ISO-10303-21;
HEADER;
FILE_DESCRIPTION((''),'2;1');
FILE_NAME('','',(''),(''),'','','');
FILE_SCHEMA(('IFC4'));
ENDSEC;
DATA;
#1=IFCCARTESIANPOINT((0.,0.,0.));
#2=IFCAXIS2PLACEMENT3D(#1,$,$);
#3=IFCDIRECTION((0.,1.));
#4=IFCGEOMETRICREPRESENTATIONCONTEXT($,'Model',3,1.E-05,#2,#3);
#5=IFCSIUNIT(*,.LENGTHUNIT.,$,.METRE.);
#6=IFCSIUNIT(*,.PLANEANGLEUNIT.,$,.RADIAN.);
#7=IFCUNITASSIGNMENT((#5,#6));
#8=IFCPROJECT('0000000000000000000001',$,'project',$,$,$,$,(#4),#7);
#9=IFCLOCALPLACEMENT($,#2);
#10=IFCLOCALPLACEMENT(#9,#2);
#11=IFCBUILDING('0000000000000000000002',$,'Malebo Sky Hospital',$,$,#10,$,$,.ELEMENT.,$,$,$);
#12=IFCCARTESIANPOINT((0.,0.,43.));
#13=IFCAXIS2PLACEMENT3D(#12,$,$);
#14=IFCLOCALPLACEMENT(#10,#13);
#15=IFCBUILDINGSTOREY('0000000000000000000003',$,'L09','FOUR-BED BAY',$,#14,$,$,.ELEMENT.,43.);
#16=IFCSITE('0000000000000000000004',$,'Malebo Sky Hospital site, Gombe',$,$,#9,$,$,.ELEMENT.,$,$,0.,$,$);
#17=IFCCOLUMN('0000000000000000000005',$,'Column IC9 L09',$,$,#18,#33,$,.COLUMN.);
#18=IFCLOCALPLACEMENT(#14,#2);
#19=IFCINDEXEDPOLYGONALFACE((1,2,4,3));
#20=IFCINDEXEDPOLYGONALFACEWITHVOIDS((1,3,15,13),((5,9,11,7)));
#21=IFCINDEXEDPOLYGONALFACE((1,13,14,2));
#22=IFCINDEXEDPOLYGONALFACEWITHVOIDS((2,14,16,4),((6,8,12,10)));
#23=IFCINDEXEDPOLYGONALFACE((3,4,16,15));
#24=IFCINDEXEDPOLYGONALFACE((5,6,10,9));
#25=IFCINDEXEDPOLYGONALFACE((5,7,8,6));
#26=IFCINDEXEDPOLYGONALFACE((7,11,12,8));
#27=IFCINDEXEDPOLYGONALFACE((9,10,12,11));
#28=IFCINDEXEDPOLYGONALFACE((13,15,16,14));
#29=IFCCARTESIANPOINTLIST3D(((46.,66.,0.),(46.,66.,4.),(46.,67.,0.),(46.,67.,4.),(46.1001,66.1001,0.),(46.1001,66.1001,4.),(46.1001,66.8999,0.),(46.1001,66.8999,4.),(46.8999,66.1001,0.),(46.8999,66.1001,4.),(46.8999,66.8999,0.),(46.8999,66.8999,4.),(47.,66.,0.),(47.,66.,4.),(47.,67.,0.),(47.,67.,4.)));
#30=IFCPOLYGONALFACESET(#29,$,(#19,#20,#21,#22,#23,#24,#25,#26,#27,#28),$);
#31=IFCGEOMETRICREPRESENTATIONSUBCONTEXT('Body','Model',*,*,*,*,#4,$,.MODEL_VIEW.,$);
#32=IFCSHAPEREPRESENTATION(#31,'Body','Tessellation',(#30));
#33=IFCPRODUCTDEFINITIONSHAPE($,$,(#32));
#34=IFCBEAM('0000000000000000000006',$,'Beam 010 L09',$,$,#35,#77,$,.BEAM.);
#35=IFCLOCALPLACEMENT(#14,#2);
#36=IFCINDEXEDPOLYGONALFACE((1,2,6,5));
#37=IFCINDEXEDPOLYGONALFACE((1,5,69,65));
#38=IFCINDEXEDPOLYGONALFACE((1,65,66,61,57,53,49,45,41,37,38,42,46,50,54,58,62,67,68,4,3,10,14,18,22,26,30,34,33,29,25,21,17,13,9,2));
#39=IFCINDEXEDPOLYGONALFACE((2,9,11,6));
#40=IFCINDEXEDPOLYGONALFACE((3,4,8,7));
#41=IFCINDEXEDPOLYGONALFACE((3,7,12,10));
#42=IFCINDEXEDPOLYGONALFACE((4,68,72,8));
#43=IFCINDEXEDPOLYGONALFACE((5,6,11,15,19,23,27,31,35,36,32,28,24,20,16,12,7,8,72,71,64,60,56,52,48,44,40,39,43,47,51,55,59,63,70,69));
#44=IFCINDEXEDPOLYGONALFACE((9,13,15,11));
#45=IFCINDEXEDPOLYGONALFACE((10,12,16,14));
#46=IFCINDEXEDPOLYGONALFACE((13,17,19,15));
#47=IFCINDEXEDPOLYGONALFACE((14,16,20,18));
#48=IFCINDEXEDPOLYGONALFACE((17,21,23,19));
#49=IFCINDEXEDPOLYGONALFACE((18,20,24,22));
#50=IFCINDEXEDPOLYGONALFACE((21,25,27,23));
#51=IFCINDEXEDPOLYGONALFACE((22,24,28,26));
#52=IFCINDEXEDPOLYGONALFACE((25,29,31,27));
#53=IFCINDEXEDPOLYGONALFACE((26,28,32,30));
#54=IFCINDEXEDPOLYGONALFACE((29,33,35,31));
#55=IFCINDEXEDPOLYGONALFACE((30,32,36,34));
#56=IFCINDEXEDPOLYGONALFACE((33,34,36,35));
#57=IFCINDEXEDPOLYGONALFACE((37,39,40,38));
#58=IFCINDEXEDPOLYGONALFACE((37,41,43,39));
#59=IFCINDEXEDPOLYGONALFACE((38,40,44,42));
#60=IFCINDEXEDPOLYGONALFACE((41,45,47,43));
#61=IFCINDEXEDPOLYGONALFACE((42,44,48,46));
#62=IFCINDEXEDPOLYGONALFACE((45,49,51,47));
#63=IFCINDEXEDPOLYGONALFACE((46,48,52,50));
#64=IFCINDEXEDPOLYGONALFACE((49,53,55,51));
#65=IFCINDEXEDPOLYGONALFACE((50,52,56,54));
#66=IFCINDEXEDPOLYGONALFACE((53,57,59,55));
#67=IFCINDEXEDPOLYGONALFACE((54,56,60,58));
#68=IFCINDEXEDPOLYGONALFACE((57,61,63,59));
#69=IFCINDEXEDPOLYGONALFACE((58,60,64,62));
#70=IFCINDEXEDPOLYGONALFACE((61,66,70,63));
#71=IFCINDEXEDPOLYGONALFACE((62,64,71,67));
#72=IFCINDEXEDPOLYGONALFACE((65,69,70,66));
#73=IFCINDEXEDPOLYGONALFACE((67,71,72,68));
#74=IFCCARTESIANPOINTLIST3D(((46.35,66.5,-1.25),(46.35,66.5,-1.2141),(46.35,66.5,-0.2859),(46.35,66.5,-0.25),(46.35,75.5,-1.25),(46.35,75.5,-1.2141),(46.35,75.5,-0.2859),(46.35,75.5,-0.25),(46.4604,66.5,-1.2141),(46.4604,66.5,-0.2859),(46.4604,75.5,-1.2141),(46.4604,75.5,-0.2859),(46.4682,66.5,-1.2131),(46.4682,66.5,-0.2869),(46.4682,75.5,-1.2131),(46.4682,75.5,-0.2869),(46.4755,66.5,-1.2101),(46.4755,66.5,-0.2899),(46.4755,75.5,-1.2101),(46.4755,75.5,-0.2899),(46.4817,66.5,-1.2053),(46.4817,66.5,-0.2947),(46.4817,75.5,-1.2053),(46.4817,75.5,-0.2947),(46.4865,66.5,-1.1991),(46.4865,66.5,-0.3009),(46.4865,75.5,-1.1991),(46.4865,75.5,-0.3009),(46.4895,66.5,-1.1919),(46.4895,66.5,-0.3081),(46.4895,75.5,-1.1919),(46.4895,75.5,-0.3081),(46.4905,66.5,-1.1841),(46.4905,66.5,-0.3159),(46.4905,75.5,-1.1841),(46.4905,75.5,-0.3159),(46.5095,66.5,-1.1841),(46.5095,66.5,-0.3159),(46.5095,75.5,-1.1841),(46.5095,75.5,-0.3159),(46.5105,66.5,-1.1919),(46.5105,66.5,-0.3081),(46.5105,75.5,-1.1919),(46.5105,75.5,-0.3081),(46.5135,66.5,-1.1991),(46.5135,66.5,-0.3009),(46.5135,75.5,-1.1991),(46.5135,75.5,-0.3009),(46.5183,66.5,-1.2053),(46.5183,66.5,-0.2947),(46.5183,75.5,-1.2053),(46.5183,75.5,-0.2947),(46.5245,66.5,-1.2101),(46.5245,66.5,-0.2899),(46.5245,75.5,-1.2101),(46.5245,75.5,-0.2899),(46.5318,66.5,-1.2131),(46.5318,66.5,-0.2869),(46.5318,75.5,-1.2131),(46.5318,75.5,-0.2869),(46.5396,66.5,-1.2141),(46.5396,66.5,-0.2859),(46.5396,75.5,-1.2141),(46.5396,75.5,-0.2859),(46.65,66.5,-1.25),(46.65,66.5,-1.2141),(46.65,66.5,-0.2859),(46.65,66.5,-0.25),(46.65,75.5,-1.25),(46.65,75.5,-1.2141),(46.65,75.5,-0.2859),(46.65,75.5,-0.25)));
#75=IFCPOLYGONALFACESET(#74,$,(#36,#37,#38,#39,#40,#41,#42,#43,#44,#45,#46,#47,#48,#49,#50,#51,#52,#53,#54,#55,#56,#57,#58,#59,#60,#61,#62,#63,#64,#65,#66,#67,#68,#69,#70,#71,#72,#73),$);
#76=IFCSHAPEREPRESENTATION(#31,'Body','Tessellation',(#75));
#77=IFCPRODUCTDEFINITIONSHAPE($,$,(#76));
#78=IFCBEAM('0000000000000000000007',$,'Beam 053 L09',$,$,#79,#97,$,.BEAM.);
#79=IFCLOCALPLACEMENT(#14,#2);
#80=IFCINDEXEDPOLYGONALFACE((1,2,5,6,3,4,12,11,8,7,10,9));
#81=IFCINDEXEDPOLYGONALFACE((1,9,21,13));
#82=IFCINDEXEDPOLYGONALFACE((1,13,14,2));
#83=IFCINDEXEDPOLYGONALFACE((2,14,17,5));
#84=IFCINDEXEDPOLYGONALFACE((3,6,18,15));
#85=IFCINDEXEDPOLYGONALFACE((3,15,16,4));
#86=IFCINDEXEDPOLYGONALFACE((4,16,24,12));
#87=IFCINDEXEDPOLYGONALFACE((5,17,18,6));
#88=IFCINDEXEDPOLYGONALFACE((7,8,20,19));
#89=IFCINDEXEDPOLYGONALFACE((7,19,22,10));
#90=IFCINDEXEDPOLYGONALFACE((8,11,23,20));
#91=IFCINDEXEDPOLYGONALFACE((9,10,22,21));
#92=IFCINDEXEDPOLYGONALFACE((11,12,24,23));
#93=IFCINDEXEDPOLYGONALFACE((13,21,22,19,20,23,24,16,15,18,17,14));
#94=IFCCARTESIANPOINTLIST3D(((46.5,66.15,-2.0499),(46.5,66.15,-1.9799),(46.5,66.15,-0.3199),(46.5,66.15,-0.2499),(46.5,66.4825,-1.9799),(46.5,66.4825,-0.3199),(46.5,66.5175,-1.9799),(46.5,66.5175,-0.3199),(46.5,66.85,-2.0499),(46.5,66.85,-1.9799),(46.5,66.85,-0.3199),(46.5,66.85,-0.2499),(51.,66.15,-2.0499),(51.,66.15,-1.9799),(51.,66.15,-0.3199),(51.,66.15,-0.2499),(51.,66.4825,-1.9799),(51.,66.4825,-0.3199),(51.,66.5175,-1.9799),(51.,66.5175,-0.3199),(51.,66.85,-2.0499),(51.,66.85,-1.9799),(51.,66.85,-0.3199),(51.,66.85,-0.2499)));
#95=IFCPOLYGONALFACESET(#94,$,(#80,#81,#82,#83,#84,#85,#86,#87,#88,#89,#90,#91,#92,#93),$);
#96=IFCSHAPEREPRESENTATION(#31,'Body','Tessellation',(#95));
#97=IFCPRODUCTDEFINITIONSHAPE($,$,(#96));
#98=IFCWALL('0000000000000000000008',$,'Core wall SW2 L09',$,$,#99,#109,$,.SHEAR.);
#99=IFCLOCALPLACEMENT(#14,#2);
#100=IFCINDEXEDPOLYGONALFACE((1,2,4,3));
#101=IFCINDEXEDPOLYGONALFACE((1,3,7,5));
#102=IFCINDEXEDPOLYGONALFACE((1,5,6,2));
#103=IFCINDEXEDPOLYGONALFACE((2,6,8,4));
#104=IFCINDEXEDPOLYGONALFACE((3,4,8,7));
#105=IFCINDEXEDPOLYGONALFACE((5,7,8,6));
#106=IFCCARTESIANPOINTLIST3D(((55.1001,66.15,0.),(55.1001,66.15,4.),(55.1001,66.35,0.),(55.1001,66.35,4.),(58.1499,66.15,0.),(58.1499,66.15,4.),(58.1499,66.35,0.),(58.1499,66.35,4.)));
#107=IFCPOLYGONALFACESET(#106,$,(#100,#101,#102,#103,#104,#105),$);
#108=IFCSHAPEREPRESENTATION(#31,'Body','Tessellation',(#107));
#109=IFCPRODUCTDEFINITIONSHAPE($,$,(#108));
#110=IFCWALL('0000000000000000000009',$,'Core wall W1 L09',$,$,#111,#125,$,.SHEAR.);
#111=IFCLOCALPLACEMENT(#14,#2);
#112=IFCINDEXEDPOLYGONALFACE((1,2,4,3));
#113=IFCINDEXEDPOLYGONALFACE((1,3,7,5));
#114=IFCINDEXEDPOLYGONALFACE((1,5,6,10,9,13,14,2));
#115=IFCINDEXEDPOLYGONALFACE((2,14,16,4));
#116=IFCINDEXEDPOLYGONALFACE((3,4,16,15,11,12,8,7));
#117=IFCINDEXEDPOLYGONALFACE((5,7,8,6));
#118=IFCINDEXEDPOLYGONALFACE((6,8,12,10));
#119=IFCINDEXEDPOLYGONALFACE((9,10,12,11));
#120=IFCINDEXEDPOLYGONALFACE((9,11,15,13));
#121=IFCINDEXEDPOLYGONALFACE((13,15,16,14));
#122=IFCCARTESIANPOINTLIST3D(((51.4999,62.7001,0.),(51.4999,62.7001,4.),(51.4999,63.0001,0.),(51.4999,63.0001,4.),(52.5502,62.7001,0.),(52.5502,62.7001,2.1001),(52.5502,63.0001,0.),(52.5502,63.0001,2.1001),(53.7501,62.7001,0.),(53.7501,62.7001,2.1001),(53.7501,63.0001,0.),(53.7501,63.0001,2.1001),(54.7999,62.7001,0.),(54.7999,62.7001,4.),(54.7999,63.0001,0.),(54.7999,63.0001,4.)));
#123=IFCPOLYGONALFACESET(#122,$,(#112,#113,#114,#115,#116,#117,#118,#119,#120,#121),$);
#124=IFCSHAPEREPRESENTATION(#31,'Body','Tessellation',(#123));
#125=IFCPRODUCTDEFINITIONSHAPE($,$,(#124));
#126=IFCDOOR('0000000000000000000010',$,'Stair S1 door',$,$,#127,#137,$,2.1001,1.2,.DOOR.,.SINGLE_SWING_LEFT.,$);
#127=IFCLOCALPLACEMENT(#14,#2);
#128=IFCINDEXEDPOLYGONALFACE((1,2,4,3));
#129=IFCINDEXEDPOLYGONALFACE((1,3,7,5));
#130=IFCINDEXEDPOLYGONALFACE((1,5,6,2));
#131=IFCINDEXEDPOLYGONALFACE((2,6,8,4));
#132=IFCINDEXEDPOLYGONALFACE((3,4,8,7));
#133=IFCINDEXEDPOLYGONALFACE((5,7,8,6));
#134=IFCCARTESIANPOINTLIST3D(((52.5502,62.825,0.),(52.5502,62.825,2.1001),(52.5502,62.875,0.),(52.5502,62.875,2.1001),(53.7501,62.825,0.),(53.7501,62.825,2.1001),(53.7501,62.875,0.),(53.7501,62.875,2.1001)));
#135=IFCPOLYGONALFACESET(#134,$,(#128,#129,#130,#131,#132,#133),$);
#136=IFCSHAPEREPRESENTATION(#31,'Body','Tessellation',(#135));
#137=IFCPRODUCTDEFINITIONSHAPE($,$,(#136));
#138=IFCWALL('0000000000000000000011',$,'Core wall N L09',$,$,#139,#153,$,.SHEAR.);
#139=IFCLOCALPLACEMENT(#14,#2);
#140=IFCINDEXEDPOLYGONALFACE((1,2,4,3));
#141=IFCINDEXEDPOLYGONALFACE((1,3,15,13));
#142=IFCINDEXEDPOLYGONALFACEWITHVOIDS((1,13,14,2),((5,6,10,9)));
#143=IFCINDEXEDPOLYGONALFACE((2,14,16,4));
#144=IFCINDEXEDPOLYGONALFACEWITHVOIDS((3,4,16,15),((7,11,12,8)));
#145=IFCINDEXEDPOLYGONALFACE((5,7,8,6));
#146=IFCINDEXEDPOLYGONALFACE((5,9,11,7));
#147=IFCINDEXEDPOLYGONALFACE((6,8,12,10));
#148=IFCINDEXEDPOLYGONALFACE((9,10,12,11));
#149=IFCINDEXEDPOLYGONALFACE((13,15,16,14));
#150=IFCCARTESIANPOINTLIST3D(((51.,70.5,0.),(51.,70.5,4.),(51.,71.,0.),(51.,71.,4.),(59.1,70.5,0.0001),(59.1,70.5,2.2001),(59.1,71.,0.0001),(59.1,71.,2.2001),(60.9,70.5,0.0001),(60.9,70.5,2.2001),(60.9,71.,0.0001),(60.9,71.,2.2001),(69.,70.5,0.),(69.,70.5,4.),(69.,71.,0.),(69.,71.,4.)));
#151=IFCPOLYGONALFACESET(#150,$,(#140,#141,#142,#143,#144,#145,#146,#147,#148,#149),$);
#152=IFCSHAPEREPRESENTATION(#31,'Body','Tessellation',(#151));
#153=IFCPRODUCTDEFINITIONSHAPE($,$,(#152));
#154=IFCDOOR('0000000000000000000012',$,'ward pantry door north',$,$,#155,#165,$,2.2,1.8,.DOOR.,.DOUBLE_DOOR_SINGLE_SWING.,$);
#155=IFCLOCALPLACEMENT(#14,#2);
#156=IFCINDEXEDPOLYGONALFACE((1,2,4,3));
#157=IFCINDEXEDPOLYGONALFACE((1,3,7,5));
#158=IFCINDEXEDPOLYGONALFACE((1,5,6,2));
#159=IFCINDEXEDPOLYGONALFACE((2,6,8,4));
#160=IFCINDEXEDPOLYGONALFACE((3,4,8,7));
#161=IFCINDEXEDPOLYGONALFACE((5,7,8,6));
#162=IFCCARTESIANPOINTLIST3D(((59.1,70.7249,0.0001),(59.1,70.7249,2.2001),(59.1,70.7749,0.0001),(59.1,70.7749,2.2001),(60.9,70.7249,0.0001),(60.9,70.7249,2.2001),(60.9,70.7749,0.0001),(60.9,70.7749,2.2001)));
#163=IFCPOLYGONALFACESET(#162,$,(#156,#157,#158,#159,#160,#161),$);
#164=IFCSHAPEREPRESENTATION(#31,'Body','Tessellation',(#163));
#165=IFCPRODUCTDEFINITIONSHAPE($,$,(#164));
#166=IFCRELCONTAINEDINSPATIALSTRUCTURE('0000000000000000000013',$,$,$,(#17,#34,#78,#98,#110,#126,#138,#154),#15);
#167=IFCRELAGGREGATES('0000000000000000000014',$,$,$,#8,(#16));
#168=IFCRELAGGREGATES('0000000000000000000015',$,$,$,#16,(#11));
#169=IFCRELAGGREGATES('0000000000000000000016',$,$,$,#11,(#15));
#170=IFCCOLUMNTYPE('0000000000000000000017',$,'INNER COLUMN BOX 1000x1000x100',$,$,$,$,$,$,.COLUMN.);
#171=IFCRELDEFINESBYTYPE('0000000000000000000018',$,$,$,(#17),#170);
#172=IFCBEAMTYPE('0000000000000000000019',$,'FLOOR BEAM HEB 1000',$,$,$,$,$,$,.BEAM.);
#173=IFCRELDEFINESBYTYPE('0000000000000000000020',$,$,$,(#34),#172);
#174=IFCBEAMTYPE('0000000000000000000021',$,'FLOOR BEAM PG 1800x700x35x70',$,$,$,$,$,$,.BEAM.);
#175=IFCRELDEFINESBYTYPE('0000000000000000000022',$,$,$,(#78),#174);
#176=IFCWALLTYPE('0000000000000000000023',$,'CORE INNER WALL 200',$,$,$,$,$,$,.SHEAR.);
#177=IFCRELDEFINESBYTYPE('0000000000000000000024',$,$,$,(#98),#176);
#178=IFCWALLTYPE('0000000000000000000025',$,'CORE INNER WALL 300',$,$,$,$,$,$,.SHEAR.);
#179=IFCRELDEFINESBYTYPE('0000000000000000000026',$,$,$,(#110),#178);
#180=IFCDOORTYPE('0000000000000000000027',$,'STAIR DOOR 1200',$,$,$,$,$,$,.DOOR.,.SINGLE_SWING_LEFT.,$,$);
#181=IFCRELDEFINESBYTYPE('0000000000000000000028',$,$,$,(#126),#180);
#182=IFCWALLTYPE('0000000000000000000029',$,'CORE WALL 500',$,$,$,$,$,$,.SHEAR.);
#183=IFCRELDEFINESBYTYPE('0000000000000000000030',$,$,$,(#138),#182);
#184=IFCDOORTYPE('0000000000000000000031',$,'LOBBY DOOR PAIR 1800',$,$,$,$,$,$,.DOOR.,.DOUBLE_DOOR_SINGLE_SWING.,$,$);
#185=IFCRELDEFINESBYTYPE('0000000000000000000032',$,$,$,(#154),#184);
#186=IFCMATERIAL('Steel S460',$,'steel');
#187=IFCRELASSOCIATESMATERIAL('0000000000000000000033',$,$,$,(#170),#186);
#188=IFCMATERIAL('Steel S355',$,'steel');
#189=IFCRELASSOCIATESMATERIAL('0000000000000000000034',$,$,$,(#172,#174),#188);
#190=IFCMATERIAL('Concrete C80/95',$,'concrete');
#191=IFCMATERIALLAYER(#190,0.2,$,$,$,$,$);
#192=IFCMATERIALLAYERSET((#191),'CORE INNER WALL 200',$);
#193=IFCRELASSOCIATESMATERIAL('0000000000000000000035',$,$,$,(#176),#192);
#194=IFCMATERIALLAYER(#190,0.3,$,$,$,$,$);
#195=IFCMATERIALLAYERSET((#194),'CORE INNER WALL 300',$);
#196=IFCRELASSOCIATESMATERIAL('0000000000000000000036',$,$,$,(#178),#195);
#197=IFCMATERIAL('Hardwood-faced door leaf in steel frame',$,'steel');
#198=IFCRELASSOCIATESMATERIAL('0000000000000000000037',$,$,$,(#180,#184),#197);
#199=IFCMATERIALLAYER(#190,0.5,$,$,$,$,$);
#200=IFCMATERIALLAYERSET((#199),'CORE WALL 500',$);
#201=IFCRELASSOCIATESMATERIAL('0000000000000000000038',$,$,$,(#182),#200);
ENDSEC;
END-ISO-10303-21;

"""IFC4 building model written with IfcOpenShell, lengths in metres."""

from ifc_helpers import new_model, si_unit, direction, frame, frame_2d, origin, origin_2d, place, context, subcontext, project, spatial, rectangle, hollow_rectangle, i_section, extrude, material, layer, layer_set, material_profile, profile_set, type_object, element, fill, save


model = new_model("IFC4")

# Units and contexts
model_context = context("Model", 3, precision=1e-05, world=origin(), true_north=direction((0.0, 1.0)))
body_context = subcontext(model_context, "Body", "Model", "MODEL_VIEW")
ifc_project = project(units=[si_unit("LENGTHUNIT", "METRE"), si_unit("PLANEANGLEUNIT", "RADIAN")], contexts=[model_context])

# Site, building, storey
site_placement = place(None, origin())
site = spatial("IfcSite", under=ifc_project, at=site_placement, Name="Malebo Sky Hospital site, Gombe", CompositionType="ELEMENT", RefElevation=0.0)
building_placement = place(site_placement, origin())
building = spatial("IfcBuilding", under=site, at=building_placement, Name="Malebo Sky Hospital", CompositionType="ELEMENT")
storey_placement = place(building_placement, frame((0.0, 0.0, 43.0)))
storey = spatial("IfcBuildingStorey", under=building, at=storey_placement, Name="L09", Description="FOUR-BED BAY", CompositionType="ELEMENT", Elevation=43.0)

# Column
ifc_material_1 = material(Name="Steel S460", Category="steel")
ifc_material_profile_1 = material_profile(ifc_material_1, hollow_rectangle(XDim=1.0, YDim=1.0, WallThickness=0.1001, at=origin_2d()), Name="BOX 1000x1000x100")
ifc_profile_set_1 = profile_set([ifc_material_profile_1], Name="Steel S460")
column_type = type_object("IfcColumnType", Name="INNER COLUMN BOX 1000x1000x100", PredefinedType="COLUMN", material=ifc_profile_set_1)
column_placement = place(storey_placement, frame((46.5, 66.5, 0.0), z_axis=(0.0, 0.0, 1.0), x_axis=(1.0, 0.0, 0.0)))
element("IfcColumn", 1, at=column_placement, inside=storey, type_object=column_type, Name="Column IC9 L09", PredefinedType="COLUMN", context=body_context, shape_type="SweptSolid", body=[
    extrude(hollow_rectangle(XDim=1.0, YDim=1.0, WallThickness=0.1001, at=origin_2d()), origin(), (0.0, 0.0, 1.0), 4.0),
])

# Beams
ifc_material_2 = material(Name="Steel S355", Category="steel")
ifc_material_profile_2 = material_profile(ifc_material_2, i_section(OverallWidth=0.3, OverallDepth=1.0, WebThickness=0.019, FlangeThickness=0.0359, FilletRadius=0.03, at=origin_2d()), Name="HEB 1000")
ifc_profile_set_2 = profile_set([ifc_material_profile_2], Name="Steel S355")
beam_type_1 = type_object("IfcBeamType", Name="FLOOR BEAM HEB 1000", PredefinedType="BEAM", material=ifc_profile_set_2)
beam_1_placement = place(storey_placement, frame((46.5, 66.5, -0.75), z_axis=(0.0, 1.0, 0.0), x_axis=(-1.0, 0.0, 0.0)))
element("IfcBeam", 2, at=beam_1_placement, inside=storey, type_object=beam_type_1, Name="Beam 010 L09", PredefinedType="BEAM", context=body_context, shape_type="SweptSolid", body=[
    extrude(i_section(OverallWidth=0.3, OverallDepth=1.0, WebThickness=0.019, FlangeThickness=0.0359, FilletRadius=0.03, at=origin_2d()), origin(), (0.0, 0.0, 1.0), 9.0),
])
ifc_material_profile_3 = material_profile(ifc_material_2, i_section(OverallWidth=0.7, OverallDepth=1.8, WebThickness=0.0349, FlangeThickness=0.0701, at=origin_2d()), Name="PG 1800x700x35x70")
ifc_profile_set_3 = profile_set([ifc_material_profile_3], Name="Steel S355")
beam_type_2 = type_object("IfcBeamType", Name="FLOOR BEAM PG 1800x700x35x70", PredefinedType="BEAM", material=ifc_profile_set_3)
beam_2_placement = place(storey_placement, frame((46.5, 66.5, -1.1499), z_axis=(1.0, 0.0, 0.0), x_axis=(0.0, 1.0, 0.0)))
element("IfcBeam", 3, at=beam_2_placement, inside=storey, type_object=beam_type_2, Name="Beam 053 L09", PredefinedType="BEAM", context=body_context, shape_type="SweptSolid", body=[
    extrude(i_section(OverallWidth=0.7, OverallDepth=1.8, WebThickness=0.0349, FlangeThickness=0.0701, at=origin_2d()), origin(), (0.0, 0.0, 1.0), 4.5),
])

# Wall
ifc_material_3 = material(Name="Concrete C80/95", Category="concrete")
ifc_layer_1 = layer(ifc_material_3, 0.2)
ifc_layer_set_1 = layer_set([ifc_layer_1], Name="CORE INNER WALL 200")
wall_type_1 = type_object("IfcWallType", Name="CORE INNER WALL 200", PredefinedType="SHEAR", material=ifc_layer_set_1)
wall_1_placement = place(storey_placement, frame((55.1001, 66.25, 0.0), z_axis=(0.0, 0.0, 1.0), x_axis=(1.0, 0.0, 0.0)))
element("IfcWall", 4, at=wall_1_placement, inside=storey, type_object=wall_type_1, Name="Core wall SW2 L09", PredefinedType="SHEAR", context=body_context, shape_type="SweptSolid", body=[
    extrude(rectangle(XDim=3.0498, YDim=0.2, at=frame_2d((1.5249, 0.0))), origin(), (0.0, 0.0, 1.0), 4.0),
])

# Walls, openings, doors
ifc_layer_2 = layer(ifc_material_3, 0.3)
ifc_layer_set_2 = layer_set([ifc_layer_2], Name="CORE INNER WALL 300")
wall_type_2 = type_object("IfcWallType", Name="CORE INNER WALL 300", PredefinedType="SHEAR", material=ifc_layer_set_2)
wall_2_placement = place(storey_placement, frame((51.5, 62.8501, 0.0), z_axis=(0.0, 0.0, 1.0), x_axis=(1.0, 0.0, 0.0)))
wall_2 = element("IfcWall", 5, at=wall_2_placement, inside=storey, type_object=wall_type_2, Name="Core wall W1 L09", PredefinedType="SHEAR", context=body_context, shape_type="SweptSolid", body=[
    extrude(rectangle(XDim=3.3, YDim=0.3, at=frame_2d((1.6499, 0.0))), origin(), (0.0, 0.0, 1.0), 4.0),
])
opening_1_placement = place(wall_2_placement, frame((1.05, 0.0, 0.0)))
opening_1 = element("IfcOpeningElement", 6, at=opening_1_placement, cuts=wall_2, PredefinedType="OPENING", context=body_context, shape_type="SweptSolid", body=[
    extrude(rectangle(XDim=1.2, YDim=2.1001, at=frame_2d((0.6001, 1.05))), frame((0.0, 0.1599, 0.0), z_axis=(0.0, -1.0, 0.0), x_axis=(1.0, 0.0, 0.0)), (0.0, 0.0, 1.0), 0.3201),
])
ifc_material_4 = material(Name="Hardwood-faced door leaf in steel frame", Category="steel")
door_type_1 = type_object("IfcDoorType", Name="STAIR DOOR 1200", OperationType="SINGLE_SWING_LEFT", PredefinedType="DOOR", material=ifc_material_4)
door_1_placement = place(opening_1_placement, origin())
door_1 = element("IfcDoor", 7, at=door_1_placement, inside=storey, type_object=door_type_1, Name="Stair S1 door", OperationType="SINGLE_SWING_LEFT", OverallHeight=2.1001, OverallWidth=1.2, PredefinedType="DOOR", context=body_context, shape_type="SweptSolid", body=[
    extrude(rectangle(XDim=1.2, YDim=2.1001, at=frame_2d((0.6001, 1.05))), frame((0.0, 0.0249, 0.0), z_axis=(0.0, -1.0, 0.0), x_axis=(1.0, 0.0, 0.0)), (0.0, 0.0, 1.0), 0.05),
])
fill(opening_1, door_1)
ifc_layer_3 = layer(ifc_material_3, 0.5)
ifc_layer_set_3 = layer_set([ifc_layer_3], Name="CORE WALL 500")
wall_type_3 = type_object("IfcWallType", Name="CORE WALL 500", PredefinedType="SHEAR", material=ifc_layer_set_3)
wall_3_placement = place(storey_placement, frame((51.0, 70.75, 0.0), z_axis=(0.0, 0.0, 1.0), x_axis=(1.0, 0.0, 0.0)))
wall_3 = element("IfcWall", 8, at=wall_3_placement, inside=storey, type_object=wall_type_3, Name="Core wall N L09", PredefinedType="SHEAR", context=body_context, shape_type="SweptSolid", body=[
    extrude(rectangle(XDim=18.0, YDim=0.5, at=frame_2d((9.0, 0.0))), origin(), (0.0, 0.0, 1.0), 4.0),
])
opening_2_placement = place(wall_3_placement, frame((8.1001, 0.0, 0.0)))
opening_2 = element("IfcOpeningElement", 9, at=opening_2_placement, cuts=wall_3, PredefinedType="OPENING", context=body_context, shape_type="SweptSolid", body=[
    extrude(rectangle(XDim=1.8, YDim=2.2, at=frame_2d((0.8999, 1.1001))), frame((0.0, 0.26, 0.0), z_axis=(0.0, -1.0, 0.0), x_axis=(1.0, 0.0, 0.0)), (0.0, 0.0, 1.0), 0.52),
])
door_type_2 = type_object("IfcDoorType", Name="LOBBY DOOR PAIR 1800", OperationType="DOUBLE_DOOR_SINGLE_SWING", PredefinedType="DOOR", material=ifc_material_4)
door_2_placement = place(opening_2_placement, origin())
door_2 = element("IfcDoor", 10, at=door_2_placement, inside=storey, type_object=door_type_2, Name="ward pantry door north", OperationType="DOUBLE_DOOR_SINGLE_SWING", OverallHeight=2.2, OverallWidth=1.8, PredefinedType="DOOR", context=body_context, shape_type="SweptSolid", body=[
    extrude(rectangle(XDim=1.8, YDim=2.2, at=frame_2d((0.8999, 1.1001))), frame((0.0, 0.0249, 0.0), z_axis=(0.0, -1.0, 0.0), x_axis=(1.0, 0.0, 0.0)), (0.0, 0.0, 1.0), 0.05),
])
fill(opening_2, door_2)

save(model, "model.ifc")
